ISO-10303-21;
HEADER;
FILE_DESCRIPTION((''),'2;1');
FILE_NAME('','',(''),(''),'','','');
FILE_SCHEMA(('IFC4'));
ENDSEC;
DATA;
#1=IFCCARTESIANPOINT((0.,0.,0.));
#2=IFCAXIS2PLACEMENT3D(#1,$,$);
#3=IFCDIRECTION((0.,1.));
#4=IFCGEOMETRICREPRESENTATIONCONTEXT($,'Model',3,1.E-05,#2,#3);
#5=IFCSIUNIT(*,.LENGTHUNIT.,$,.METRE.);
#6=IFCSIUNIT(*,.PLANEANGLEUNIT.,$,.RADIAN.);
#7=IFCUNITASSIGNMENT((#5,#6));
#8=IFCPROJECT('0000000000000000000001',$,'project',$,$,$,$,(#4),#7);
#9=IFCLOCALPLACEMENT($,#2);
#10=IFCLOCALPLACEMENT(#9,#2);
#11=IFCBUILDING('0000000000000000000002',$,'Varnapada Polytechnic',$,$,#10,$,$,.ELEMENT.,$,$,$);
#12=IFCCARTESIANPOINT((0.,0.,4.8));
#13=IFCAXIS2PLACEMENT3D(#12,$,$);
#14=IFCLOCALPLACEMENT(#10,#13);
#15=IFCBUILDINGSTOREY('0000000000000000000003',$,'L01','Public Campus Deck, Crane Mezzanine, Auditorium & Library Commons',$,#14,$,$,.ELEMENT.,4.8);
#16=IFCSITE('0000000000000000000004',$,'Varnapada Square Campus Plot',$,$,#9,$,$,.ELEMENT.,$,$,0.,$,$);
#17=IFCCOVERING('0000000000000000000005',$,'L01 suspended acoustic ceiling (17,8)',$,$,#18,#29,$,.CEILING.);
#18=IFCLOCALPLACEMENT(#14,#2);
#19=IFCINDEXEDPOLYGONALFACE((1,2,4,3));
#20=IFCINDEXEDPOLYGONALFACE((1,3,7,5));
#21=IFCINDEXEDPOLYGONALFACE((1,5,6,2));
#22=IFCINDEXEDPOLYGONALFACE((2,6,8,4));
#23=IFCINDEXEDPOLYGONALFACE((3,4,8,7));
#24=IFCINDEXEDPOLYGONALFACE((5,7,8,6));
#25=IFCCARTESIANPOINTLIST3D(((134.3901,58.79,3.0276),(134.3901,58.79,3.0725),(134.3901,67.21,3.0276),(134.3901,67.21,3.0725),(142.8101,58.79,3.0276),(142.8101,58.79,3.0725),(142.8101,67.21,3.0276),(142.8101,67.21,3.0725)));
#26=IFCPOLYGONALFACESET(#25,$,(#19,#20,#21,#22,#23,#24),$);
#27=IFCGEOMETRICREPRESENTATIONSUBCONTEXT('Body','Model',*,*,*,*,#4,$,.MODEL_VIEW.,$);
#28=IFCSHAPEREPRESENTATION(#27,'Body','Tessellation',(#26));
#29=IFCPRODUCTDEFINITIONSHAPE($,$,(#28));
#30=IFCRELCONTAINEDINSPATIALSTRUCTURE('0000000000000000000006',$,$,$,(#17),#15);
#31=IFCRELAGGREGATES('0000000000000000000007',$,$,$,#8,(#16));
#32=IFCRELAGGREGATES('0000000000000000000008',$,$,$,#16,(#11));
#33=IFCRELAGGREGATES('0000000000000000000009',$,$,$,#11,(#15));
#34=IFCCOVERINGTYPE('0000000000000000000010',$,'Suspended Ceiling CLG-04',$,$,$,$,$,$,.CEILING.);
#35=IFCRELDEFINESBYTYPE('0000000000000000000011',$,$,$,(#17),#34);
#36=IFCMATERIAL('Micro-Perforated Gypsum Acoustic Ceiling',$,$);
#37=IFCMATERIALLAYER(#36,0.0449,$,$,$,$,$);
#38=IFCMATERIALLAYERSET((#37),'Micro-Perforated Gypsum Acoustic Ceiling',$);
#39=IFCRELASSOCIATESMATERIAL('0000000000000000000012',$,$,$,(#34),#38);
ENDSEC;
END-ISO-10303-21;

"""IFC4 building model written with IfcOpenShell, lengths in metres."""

from ifc_helpers import new_model, si_unit, direction, frame, origin, origin_2d, place, context, subcontext, project, spatial, rectangle, extrude, material, layer, layer_set, type_object, element, save


model = new_model("IFC4")

# Units and contexts
model_context = context("Model", 3, precision=1e-05, world=origin(), true_north=direction((0.0, 1.0)))
body_context = subcontext(model_context, "Body", "Model", "MODEL_VIEW")
ifc_project = project(units=[si_unit("LENGTHUNIT", "METRE"), si_unit("PLANEANGLEUNIT", "RADIAN")], contexts=[model_context])

# Site, building, storey
site_placement = place(None, origin())
site = spatial("IfcSite", under=ifc_project, at=site_placement, Name="Varnapada Square Campus Plot", CompositionType="ELEMENT", RefElevation=0.0)
building_placement = place(site_placement, origin())
building = spatial("IfcBuilding", under=site, at=building_placement, Name="Varnapada Polytechnic", CompositionType="ELEMENT")
storey_placement = place(building_placement, frame((0.0, 0.0, 4.8)))
storey = spatial("IfcBuildingStorey", under=building, at=storey_placement, Name="L01", Description="Public Campus Deck, Crane Mezzanine, Auditorium & Library Commons", CompositionType="ELEMENT", Elevation=4.8)

# Covering
ifc_material_1 = material(Name="Micro-Perforated Gypsum Acoustic Ceiling")
ifc_layer_1 = layer(ifc_material_1, 0.0449)
ifc_layer_set_1 = layer_set([ifc_layer_1], Name="Micro-Perforated Gypsum Acoustic Ceiling")
covering_type_1 = type_object("IfcCoveringType", Name="Suspended Ceiling CLG-04", PredefinedType="CEILING", material=ifc_layer_set_1)
covering_1_placement = place(storey_placement, frame((138.6001, 63.0, 3.0276), z_axis=(0.0, 0.0, 1.0), x_axis=(1.0, 0.0, 0.0)))
element("IfcCovering", 1, at=covering_1_placement, inside=storey, type_object=covering_type_1, Name="L01 suspended acoustic ceiling (17,8)", PredefinedType="CEILING", context=body_context, shape_type="SweptSolid", body=[
    extrude(rectangle(XDim=8.4199, YDim=8.4199, at=origin_2d()), origin(), (0.0, 0.0, 1.0), 0.0449),
])

save(model, "model.ifc")
